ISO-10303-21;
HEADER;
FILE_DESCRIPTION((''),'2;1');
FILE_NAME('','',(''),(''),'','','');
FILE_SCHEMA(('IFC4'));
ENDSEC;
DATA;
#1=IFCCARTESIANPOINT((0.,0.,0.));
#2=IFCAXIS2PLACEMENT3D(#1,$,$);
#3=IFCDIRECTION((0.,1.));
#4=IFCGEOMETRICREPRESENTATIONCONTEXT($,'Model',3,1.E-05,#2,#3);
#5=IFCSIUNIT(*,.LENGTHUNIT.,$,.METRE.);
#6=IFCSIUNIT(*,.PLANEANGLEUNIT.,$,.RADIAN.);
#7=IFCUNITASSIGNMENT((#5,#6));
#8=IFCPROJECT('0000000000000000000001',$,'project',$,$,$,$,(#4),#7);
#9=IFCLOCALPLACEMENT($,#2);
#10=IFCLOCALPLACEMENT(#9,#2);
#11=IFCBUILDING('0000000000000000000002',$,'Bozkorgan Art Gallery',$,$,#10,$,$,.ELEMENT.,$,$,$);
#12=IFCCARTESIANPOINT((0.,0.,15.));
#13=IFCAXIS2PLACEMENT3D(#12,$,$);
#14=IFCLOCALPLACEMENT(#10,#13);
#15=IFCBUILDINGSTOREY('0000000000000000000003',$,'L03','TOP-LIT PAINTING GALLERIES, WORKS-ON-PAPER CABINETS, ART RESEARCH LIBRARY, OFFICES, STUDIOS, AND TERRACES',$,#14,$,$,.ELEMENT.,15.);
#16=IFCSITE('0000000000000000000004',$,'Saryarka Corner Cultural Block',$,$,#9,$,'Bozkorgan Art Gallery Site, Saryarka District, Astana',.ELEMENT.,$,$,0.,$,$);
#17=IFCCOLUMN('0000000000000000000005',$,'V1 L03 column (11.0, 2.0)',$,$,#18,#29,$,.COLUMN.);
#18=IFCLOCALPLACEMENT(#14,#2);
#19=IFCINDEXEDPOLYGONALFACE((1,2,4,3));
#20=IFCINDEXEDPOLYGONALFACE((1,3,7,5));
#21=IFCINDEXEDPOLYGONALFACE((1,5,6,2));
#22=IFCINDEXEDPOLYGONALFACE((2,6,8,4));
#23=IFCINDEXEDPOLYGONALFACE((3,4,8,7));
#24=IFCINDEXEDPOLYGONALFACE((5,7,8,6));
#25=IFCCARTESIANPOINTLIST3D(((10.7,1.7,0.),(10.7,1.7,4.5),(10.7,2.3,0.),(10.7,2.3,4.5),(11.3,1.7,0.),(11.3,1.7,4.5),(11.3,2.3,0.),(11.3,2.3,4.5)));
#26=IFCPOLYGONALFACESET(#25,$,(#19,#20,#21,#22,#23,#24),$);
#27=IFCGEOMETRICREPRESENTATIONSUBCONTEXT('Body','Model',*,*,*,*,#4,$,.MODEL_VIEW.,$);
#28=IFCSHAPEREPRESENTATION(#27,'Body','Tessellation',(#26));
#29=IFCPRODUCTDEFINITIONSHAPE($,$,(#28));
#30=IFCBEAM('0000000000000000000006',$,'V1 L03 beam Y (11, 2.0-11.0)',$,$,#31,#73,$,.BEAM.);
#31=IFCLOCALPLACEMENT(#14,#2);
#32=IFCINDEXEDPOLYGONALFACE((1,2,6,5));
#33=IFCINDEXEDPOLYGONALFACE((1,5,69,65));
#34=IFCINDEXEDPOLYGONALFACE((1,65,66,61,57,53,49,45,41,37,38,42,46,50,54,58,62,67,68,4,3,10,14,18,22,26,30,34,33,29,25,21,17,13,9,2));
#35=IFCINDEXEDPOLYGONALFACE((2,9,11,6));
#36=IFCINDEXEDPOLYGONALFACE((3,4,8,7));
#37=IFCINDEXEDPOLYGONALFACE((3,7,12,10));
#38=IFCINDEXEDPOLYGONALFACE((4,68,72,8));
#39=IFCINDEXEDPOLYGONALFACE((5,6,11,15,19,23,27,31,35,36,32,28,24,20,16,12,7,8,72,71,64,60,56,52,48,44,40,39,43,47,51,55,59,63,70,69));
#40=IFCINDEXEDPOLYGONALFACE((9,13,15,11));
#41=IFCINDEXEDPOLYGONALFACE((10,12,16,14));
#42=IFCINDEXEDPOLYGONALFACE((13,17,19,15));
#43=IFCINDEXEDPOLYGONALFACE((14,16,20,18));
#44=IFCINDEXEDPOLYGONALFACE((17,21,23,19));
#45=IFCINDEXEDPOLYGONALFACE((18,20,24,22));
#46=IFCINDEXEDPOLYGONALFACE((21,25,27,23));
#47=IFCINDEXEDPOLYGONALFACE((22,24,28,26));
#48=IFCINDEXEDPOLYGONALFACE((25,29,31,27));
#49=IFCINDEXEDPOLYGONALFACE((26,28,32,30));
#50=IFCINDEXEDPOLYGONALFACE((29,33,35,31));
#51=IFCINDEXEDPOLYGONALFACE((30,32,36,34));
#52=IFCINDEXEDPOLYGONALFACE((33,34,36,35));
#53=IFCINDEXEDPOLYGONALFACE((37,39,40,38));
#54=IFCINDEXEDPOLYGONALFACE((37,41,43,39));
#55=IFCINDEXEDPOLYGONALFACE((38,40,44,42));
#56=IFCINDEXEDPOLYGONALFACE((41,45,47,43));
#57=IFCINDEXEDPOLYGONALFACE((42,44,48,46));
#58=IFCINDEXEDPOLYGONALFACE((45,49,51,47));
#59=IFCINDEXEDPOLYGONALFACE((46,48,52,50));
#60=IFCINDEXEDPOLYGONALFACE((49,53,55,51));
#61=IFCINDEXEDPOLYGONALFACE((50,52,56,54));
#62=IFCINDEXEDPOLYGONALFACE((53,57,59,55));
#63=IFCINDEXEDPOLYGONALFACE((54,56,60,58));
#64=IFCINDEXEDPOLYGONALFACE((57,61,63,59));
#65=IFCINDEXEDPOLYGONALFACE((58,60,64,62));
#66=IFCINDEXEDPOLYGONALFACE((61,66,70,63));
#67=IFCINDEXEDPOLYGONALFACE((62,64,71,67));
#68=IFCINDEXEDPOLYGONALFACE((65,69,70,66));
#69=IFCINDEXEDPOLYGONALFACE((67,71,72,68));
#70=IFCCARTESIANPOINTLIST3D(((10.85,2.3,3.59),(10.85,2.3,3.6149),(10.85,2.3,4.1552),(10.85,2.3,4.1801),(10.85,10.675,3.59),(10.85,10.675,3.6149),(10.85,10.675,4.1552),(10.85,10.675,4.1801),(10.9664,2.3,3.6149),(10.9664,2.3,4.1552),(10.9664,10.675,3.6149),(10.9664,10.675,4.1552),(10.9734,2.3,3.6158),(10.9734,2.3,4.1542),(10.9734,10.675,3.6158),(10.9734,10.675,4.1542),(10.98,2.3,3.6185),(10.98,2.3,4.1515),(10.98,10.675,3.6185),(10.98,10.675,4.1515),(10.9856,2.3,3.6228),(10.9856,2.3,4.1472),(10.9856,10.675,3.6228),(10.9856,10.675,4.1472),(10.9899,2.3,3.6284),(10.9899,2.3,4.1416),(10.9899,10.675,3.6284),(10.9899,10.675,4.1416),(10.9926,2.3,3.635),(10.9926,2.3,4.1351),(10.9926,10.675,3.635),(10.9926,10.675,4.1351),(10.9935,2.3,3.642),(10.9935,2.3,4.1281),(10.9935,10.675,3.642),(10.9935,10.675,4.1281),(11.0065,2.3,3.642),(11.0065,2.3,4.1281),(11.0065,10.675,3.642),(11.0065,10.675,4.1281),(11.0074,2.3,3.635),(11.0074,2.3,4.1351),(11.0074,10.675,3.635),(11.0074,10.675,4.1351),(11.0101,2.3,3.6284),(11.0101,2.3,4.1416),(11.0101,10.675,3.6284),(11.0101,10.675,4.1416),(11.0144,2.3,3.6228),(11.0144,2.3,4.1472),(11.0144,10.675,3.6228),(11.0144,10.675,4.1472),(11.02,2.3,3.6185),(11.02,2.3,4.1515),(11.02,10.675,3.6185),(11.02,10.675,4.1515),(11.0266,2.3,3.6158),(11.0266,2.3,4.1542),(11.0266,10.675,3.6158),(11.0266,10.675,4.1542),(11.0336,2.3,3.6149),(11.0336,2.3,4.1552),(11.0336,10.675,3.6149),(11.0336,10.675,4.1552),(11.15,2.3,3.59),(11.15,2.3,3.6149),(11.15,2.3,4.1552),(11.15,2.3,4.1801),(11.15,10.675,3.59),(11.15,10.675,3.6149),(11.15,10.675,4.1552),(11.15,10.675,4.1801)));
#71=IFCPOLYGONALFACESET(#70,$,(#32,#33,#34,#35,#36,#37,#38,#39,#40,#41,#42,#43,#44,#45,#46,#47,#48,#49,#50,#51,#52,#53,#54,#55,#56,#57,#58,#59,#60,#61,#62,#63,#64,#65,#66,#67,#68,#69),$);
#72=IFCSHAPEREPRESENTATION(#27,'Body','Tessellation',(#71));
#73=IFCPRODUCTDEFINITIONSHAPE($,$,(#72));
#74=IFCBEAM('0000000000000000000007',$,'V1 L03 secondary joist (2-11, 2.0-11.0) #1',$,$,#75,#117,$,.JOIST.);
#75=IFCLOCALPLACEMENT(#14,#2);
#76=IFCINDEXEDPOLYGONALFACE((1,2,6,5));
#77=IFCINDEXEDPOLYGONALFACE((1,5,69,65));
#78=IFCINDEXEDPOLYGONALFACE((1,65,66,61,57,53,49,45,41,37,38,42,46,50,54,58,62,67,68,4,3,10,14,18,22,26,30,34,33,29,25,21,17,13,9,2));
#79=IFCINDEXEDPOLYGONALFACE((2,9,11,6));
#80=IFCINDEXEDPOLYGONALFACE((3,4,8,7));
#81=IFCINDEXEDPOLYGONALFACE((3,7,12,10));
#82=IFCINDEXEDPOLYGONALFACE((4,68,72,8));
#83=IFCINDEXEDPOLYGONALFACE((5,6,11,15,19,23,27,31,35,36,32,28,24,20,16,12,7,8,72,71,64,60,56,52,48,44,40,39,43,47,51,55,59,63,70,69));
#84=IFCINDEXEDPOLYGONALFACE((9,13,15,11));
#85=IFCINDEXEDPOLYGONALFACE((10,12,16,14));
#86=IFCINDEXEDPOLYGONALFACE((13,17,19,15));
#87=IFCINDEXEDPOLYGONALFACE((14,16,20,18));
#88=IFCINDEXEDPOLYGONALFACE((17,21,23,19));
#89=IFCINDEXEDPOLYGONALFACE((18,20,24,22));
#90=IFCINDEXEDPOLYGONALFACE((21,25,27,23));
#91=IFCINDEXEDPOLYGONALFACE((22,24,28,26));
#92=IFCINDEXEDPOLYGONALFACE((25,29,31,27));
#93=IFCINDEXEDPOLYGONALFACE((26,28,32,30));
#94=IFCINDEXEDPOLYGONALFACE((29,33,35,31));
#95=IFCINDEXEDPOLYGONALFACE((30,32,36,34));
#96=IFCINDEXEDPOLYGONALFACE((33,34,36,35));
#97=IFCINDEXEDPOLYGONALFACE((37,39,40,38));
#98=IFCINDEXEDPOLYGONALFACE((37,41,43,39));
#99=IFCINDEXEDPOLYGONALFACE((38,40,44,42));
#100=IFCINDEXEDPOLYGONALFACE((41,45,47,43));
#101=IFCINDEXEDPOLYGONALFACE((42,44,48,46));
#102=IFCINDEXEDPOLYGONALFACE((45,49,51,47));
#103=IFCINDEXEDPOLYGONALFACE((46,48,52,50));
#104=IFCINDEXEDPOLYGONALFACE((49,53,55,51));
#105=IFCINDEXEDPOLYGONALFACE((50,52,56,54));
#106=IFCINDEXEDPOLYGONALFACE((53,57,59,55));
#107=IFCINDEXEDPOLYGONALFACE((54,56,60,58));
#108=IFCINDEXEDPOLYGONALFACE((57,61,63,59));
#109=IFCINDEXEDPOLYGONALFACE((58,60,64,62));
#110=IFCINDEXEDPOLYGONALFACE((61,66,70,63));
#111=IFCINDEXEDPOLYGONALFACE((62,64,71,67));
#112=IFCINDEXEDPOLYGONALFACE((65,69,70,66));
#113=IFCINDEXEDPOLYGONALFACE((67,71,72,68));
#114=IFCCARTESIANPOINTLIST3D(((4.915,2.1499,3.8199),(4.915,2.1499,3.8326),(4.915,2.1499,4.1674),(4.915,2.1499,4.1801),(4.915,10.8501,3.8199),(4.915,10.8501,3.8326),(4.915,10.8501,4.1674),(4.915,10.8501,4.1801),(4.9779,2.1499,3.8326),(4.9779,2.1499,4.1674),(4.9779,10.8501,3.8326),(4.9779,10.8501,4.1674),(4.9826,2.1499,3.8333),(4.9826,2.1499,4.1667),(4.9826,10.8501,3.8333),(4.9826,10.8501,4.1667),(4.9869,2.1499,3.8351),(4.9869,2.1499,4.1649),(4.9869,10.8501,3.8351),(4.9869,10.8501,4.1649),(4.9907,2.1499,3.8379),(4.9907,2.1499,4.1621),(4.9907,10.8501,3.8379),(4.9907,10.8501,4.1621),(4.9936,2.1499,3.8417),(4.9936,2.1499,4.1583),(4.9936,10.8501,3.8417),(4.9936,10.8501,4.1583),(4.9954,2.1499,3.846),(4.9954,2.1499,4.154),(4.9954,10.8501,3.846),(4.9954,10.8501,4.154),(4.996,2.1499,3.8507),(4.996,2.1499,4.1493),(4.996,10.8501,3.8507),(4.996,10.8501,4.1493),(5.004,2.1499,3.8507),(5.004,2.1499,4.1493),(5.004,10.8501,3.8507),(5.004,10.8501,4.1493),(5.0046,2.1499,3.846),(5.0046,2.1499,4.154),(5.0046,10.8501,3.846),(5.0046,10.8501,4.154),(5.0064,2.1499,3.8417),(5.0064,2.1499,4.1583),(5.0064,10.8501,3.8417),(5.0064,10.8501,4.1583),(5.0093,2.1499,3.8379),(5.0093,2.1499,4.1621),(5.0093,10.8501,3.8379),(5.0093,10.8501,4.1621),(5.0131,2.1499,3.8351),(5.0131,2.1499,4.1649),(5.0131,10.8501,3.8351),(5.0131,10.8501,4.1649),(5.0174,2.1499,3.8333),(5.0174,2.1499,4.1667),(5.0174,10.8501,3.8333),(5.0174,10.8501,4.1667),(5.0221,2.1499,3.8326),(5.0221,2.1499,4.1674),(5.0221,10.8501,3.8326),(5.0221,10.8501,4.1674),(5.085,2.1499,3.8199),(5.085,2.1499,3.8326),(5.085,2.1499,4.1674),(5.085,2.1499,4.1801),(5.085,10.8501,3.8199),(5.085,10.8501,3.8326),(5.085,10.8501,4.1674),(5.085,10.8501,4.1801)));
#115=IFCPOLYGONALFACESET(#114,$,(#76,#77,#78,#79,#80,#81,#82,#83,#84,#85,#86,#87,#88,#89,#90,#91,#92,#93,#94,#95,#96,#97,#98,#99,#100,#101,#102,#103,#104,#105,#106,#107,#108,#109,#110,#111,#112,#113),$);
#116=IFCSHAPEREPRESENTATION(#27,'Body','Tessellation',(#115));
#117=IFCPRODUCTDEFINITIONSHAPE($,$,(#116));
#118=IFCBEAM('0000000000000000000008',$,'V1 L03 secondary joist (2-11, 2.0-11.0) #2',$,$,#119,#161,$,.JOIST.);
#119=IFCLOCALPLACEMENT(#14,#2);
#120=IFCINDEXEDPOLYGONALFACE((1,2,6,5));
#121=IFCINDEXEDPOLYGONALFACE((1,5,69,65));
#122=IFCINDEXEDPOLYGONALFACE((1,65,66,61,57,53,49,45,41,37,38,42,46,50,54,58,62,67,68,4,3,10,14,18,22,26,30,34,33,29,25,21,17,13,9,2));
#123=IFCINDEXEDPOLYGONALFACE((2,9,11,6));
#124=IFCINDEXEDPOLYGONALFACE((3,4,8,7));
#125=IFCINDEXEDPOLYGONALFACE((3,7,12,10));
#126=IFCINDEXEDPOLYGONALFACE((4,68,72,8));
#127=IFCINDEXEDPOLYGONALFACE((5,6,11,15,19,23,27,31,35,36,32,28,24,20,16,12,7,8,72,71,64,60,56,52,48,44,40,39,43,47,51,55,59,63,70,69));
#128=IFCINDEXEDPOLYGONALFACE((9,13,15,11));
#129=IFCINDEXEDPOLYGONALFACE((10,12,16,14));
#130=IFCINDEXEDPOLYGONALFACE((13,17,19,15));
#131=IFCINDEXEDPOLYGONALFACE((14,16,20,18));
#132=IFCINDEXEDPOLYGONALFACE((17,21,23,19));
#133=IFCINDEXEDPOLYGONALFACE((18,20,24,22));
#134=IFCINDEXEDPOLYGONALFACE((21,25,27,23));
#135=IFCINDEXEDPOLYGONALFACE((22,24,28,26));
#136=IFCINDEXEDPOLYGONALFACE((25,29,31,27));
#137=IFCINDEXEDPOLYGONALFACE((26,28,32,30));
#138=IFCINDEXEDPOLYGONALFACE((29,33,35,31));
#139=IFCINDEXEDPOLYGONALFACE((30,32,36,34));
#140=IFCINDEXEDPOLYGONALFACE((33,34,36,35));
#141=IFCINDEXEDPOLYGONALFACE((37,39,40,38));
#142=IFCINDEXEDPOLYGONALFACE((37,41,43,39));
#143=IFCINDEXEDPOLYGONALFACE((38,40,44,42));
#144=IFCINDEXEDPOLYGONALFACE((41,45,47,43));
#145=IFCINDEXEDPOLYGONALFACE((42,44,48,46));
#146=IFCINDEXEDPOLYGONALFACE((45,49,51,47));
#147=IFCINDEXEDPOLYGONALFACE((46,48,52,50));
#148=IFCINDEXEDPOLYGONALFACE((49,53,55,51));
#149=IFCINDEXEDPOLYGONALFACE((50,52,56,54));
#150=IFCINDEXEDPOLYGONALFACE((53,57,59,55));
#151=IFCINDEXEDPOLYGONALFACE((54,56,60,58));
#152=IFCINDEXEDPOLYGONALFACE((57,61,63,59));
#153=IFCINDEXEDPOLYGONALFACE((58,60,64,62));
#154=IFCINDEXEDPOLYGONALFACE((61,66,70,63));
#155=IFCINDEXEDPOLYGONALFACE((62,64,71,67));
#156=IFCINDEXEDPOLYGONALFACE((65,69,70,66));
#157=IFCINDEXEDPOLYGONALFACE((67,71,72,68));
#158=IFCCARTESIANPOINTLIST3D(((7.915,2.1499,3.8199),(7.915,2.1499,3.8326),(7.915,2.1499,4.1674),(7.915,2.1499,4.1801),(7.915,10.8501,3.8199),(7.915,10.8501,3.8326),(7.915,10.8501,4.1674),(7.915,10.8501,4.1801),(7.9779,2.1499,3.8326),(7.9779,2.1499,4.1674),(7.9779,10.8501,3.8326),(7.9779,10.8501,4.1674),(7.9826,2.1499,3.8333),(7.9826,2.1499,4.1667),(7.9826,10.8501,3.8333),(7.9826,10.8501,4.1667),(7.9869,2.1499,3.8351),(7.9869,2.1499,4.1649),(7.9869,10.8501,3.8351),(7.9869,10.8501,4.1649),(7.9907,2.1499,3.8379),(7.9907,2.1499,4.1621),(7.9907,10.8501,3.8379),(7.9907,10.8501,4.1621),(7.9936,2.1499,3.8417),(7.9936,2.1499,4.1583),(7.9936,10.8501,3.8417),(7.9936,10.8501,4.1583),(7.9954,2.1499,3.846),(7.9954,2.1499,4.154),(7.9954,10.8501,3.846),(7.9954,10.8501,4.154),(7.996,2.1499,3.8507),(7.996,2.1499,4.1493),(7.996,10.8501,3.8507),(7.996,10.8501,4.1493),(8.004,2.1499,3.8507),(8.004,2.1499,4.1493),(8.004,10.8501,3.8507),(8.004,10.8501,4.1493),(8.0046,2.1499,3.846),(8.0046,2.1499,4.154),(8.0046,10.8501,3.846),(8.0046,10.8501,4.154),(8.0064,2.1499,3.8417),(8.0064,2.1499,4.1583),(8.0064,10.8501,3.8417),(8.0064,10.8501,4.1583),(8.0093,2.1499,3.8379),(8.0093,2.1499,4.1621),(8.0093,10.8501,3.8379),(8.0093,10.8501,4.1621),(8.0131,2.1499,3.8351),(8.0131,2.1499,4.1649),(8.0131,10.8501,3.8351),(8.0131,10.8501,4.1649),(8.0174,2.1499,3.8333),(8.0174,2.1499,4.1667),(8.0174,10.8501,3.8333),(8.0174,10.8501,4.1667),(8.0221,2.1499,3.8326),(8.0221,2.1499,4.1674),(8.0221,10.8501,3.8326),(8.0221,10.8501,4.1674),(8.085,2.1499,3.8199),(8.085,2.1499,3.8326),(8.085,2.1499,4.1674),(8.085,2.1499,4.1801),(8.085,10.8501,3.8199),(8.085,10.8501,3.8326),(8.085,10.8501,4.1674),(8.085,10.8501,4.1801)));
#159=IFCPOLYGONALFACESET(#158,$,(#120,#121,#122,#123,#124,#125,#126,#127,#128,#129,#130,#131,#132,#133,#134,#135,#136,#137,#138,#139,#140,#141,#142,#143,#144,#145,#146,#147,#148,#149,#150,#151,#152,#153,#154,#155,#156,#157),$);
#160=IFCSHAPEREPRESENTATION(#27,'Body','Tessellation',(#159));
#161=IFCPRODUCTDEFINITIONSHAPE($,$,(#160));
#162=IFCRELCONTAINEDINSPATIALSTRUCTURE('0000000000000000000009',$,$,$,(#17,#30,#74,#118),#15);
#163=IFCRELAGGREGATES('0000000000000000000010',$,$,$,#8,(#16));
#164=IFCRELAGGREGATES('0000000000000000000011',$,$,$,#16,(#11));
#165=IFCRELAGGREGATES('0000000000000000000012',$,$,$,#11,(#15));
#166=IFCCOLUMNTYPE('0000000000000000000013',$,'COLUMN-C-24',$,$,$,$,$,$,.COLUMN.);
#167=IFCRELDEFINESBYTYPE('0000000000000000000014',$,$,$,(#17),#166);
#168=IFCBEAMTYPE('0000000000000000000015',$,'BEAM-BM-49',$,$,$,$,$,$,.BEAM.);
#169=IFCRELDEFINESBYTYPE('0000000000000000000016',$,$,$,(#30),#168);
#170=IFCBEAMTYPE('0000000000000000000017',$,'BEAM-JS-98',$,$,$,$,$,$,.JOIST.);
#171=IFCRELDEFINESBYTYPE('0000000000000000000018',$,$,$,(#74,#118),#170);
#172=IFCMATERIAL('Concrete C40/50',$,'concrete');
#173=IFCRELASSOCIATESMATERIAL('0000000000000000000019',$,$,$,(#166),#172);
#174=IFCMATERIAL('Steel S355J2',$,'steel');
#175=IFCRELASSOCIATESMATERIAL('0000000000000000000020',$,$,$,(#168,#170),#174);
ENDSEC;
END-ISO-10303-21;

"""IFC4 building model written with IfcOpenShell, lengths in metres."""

from ifc_helpers import new_model, si_unit, direction, frame, origin, origin_2d, place, context, subcontext, project, spatial, rectangle, i_section, extrude, material, material_profile, profile_set, type_object, element, save


model = new_model("IFC4")

# Units and contexts
model_context = context("Model", 3, precision=1e-05, world=origin(), true_north=direction((0.0, 1.0)))
body_context = subcontext(model_context, "Body", "Model", "MODEL_VIEW")
ifc_project = project(units=[si_unit("LENGTHUNIT", "METRE"), si_unit("PLANEANGLEUNIT", "RADIAN")], contexts=[model_context])

# Site, building, storey
site_placement = place(None, origin())
site = spatial("IfcSite", under=ifc_project, at=site_placement, Name="Saryarka Corner Cultural Block", LongName="Bozkorgan Art Gallery Site, Saryarka District, Astana", CompositionType="ELEMENT", RefElevation=0.0)
building_placement = place(site_placement, origin())
building = spatial("IfcBuilding", under=site, at=building_placement, Name="Bozkorgan Art Gallery", CompositionType="ELEMENT")
storey_placement = place(building_placement, frame((0.0, 0.0, 15.0)))
storey = spatial("IfcBuildingStorey", under=building, at=storey_placement, Name="L03", Description="TOP-LIT PAINTING GALLERIES, WORKS-ON-PAPER CABINETS, ART RESEARCH LIBRARY, OFFICES, STUDIOS, AND TERRACES", CompositionType="ELEMENT", Elevation=15.0)

# Column
ifc_material_1 = material(Name="Concrete C40/50", Category="concrete")
ifc_material_profile_1 = material_profile(ifc_material_1, rectangle(XDim=0.6001, YDim=0.6001, at=origin_2d()), Name="RC 600x600")
ifc_profile_set_1 = profile_set([ifc_material_profile_1], Name="Concrete C40/50")
column_type = type_object("IfcColumnType", Name="COLUMN-C-24", PredefinedType="COLUMN", material=ifc_profile_set_1)
column_placement = place(storey_placement, frame((11.0, 2.0, 0.0), z_axis=(0.0, 0.0, 1.0), x_axis=(1.0, 0.0, 0.0)))
element("IfcColumn", 1, at=column_placement, inside=storey, type_object=column_type, Name="V1 L03 column (11.0, 2.0)", PredefinedType="COLUMN", context=body_context, shape_type="SweptSolid", body=[
    extrude(rectangle(XDim=0.6001, YDim=0.6001, at=origin_2d()), origin(), (0.0, 0.0, 1.0), 4.5),
])

# Beams
ifc_material_2 = material(Name="Steel S355J2", Category="steel")
ifc_material_profile_2 = material_profile(ifc_material_2, i_section(OverallWidth=0.3, OverallDepth=0.5901, WebThickness=0.0129, FlangeThickness=0.0249, FilletRadius=0.0271, at=origin_2d()), Name="HEA 600")
ifc_profile_set_2 = profile_set([ifc_material_profile_2], Name="Steel S355J2")
beam_type_1 = type_object("IfcBeamType", Name="BEAM-BM-49", PredefinedType="BEAM", material=ifc_profile_set_2)
beam_placement = place(storey_placement, frame((11.0, 2.3, 3.885), z_axis=(0.0, 1.0, 0.0), x_axis=(-1.0, 0.0, 0.0)))
element("IfcBeam", 2, at=beam_placement, inside=storey, type_object=beam_type_1, Name="V1 L03 beam Y (11, 2.0-11.0)", PredefinedType="BEAM", context=body_context, shape_type="SweptSolid", body=[
    extrude(i_section(OverallWidth=0.3, OverallDepth=0.5901, WebThickness=0.0129, FlangeThickness=0.0249, FilletRadius=0.0271, at=origin_2d()), origin(), (0.0, 0.0, 1.0), 8.375),
])
ifc_material_profile_3 = material_profile(ifc_material_2, i_section(OverallWidth=0.1699, OverallDepth=0.3601, WebThickness=0.0081, FlangeThickness=0.0127, FilletRadius=0.0181, at=origin_2d()), Name="IPE 360")
ifc_profile_set_3 = profile_set([ifc_material_profile_3], Name="Steel S355J2")
beam_type_2 = type_object("IfcBeamType", Name="BEAM-JS-98", PredefinedType="JOIST", material=ifc_profile_set_3)
for number, where, z_axis, x_axis, name in (
    (3, (5.0, 2.1499, 4.0), (0.0, 1.0, 0.0), (-1.0, 0.0, 0.0), "V1 L03 secondary joist (2-11, 2.0-11.0) #1"),
    (4, (8.0, 2.1499, 4.0), (0.0, 1.0, 0.0), (-1.0, 0.0, 0.0), "V1 L03 secondary joist (2-11, 2.0-11.0) #2"),
):
    element("IfcBeam", number, at=place(storey_placement, frame(where, z_axis=z_axis, x_axis=x_axis)), inside=storey, type_object=beam_type_2, Name=name, PredefinedType="JOIST", context=body_context, shape_type="SweptSolid", body=[
        extrude(i_section(OverallWidth=0.1699, OverallDepth=0.3601, WebThickness=0.0081, FlangeThickness=0.0127, FilletRadius=0.0181, at=origin_2d()), origin(), (0.0, 0.0, 1.0), 8.7002),
    ])

save(model, "model.ifc")
